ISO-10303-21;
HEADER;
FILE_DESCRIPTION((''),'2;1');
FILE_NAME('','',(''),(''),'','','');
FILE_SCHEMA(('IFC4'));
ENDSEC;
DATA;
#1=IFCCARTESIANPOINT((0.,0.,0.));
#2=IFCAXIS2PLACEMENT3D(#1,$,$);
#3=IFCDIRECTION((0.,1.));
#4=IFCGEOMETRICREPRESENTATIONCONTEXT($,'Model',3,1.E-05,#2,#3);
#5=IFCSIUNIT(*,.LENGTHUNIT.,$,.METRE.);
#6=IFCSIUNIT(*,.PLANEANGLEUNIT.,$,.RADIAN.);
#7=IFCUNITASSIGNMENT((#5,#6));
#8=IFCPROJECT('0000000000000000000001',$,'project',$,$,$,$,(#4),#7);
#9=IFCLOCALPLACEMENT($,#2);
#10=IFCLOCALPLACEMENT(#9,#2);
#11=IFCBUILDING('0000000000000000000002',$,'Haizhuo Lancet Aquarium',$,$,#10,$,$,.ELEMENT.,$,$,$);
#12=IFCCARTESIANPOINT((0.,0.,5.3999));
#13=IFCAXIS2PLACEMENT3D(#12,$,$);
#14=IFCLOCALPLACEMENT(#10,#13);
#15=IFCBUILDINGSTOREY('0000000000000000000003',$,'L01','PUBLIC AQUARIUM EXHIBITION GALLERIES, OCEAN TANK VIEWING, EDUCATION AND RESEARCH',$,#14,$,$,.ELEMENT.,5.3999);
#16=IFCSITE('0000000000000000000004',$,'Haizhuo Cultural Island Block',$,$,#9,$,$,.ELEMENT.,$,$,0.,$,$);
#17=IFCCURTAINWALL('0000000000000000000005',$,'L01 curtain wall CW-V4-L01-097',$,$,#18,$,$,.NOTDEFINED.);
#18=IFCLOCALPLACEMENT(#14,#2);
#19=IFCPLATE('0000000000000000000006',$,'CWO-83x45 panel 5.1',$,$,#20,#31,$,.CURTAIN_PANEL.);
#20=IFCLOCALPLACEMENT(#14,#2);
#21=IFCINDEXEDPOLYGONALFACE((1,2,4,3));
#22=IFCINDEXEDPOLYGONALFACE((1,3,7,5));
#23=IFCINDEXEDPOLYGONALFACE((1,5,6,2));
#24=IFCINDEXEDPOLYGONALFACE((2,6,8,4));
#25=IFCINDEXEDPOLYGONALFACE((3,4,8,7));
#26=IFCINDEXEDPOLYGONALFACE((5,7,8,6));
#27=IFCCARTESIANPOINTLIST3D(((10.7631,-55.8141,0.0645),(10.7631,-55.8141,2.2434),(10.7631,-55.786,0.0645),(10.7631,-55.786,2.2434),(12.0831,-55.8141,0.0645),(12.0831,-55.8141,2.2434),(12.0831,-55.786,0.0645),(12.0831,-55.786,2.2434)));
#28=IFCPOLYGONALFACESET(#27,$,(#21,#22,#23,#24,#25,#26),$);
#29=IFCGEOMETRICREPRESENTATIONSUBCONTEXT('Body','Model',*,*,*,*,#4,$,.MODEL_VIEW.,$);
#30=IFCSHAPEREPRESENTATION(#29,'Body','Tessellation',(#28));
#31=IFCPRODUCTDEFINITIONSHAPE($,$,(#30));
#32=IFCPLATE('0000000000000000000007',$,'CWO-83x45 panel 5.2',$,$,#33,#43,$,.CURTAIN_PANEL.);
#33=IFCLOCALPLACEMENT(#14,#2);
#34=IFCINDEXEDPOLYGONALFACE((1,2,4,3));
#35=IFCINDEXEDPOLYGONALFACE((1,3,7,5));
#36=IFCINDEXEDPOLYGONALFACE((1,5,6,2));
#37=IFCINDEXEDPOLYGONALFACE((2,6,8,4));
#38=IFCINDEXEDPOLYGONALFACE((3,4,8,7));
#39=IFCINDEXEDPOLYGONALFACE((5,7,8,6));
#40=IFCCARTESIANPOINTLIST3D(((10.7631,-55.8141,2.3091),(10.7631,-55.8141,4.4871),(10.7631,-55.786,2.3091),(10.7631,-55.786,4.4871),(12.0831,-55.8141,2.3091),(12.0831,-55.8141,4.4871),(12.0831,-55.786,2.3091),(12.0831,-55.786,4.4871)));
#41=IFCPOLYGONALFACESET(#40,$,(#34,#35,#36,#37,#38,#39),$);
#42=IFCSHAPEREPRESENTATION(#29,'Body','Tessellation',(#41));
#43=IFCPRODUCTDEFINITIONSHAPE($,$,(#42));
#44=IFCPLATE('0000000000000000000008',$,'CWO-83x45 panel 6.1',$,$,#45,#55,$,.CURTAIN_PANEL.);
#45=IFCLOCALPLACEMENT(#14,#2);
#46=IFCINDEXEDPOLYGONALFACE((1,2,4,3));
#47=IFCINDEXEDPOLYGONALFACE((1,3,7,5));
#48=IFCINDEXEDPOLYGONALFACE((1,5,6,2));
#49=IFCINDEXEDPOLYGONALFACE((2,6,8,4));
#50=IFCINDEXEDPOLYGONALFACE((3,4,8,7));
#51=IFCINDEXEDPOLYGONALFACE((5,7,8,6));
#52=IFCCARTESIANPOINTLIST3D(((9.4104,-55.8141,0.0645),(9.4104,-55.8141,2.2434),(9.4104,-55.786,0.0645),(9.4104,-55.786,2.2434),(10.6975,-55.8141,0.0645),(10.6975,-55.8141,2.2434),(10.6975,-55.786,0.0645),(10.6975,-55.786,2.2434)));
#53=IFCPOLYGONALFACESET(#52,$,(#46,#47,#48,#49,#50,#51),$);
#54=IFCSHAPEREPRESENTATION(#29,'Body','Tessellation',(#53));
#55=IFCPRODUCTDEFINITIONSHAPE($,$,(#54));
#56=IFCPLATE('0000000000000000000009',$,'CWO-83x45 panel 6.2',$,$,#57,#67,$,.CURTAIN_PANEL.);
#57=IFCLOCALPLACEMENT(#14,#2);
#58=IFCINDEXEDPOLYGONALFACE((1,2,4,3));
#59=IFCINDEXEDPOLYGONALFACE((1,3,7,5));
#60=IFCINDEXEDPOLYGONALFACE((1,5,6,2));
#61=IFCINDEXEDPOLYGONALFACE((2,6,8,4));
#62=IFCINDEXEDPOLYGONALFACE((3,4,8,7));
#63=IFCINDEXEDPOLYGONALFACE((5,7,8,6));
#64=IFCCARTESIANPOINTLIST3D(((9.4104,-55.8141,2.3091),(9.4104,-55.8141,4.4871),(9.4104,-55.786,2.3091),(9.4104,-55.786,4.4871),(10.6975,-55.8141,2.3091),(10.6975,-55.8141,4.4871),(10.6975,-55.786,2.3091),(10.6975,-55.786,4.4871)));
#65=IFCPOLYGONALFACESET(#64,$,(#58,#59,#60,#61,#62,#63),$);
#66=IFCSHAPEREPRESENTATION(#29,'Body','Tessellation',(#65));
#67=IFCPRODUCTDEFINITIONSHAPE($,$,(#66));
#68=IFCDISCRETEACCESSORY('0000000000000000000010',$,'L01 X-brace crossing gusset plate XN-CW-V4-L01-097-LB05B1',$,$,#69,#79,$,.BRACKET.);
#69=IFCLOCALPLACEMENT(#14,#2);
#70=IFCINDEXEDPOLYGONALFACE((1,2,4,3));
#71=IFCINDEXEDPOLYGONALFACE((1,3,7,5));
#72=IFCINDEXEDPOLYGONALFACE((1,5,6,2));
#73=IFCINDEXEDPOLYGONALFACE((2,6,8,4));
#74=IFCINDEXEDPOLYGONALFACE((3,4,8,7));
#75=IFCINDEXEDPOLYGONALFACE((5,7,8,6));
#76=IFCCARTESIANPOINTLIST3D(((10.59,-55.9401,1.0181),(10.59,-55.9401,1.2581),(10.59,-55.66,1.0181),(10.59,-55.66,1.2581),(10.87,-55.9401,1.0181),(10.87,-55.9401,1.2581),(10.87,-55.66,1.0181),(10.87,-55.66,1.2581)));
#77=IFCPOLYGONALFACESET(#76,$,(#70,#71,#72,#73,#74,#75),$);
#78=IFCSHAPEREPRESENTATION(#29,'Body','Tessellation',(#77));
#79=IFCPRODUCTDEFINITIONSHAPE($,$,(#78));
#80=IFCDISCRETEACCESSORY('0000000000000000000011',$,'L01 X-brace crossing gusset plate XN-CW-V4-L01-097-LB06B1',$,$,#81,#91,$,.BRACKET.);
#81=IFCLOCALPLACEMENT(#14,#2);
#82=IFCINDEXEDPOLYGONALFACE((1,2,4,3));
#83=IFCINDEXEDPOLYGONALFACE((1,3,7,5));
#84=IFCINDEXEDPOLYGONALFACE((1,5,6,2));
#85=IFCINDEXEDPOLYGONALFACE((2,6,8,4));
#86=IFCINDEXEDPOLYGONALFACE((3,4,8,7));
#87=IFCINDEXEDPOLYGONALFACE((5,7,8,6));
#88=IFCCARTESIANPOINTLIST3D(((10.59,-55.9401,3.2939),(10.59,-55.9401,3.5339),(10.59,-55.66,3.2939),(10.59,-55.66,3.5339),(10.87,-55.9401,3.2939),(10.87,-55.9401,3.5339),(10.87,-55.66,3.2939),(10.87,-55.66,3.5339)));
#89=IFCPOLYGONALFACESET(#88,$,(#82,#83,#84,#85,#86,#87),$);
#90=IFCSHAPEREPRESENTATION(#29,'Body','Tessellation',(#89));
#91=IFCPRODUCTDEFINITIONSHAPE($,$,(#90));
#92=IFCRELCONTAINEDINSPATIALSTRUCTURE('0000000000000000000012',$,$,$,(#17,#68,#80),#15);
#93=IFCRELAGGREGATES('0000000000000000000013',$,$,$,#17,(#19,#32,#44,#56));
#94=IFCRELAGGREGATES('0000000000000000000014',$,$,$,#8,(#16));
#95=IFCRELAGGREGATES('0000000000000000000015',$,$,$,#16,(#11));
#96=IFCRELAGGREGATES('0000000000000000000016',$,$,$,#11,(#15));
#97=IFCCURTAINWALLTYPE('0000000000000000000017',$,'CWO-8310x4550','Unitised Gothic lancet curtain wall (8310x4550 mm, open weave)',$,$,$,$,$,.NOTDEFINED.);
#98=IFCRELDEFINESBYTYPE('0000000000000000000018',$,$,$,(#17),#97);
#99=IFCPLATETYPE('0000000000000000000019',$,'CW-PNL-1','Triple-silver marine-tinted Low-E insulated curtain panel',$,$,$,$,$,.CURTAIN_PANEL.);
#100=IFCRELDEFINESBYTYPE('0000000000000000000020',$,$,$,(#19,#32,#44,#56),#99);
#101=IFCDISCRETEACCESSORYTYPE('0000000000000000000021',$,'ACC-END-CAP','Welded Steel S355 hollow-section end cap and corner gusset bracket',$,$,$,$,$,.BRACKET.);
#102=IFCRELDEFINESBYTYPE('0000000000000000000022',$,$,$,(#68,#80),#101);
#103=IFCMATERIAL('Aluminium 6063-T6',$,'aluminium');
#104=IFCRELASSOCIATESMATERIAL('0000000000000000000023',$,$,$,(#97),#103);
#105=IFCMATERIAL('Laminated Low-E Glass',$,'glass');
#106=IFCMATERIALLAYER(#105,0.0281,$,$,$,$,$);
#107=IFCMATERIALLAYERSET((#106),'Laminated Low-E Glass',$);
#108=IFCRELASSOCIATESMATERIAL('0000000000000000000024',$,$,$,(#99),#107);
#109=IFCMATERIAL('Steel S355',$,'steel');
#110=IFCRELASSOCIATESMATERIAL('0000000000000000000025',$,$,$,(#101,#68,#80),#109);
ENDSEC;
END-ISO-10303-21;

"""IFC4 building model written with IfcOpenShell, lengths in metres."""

from ifc_helpers import new_model, si_unit, direction, frame, origin, origin_2d, place, context, subcontext, project, spatial, rectangle, extrude, material, layer, layer_set, type_object, element, aggregate, save


model = new_model("IFC4")

# Units and contexts
model_context = context("Model", 3, precision=1e-05, world=origin(), true_north=direction((0.0, 1.0)))
body_context = subcontext(model_context, "Body", "Model", "MODEL_VIEW")
ifc_project = project(units=[si_unit("LENGTHUNIT", "METRE"), si_unit("PLANEANGLEUNIT", "RADIAN")], contexts=[model_context])

# Site, building, storey
site_placement = place(None, origin())
site = spatial("IfcSite", under=ifc_project, at=site_placement, Name="Haizhuo Cultural Island Block", CompositionType="ELEMENT", RefElevation=0.0)
building_placement = place(site_placement, origin())
building = spatial("IfcBuilding", under=site, at=building_placement, Name="Haizhuo Lancet Aquarium", CompositionType="ELEMENT")
storey_placement = place(building_placement, frame((0.0, 0.0, 5.3999)))
storey = spatial("IfcBuildingStorey", under=building, at=storey_placement, Name="L01", Description="PUBLIC AQUARIUM EXHIBITION GALLERIES, OCEAN TANK VIEWING, EDUCATION AND RESEARCH", CompositionType="ELEMENT", Elevation=5.3999)

# Curtain wall
ifc_material_1 = material(Name="Aluminium 6063-T6", Category="aluminium")
curtain_wall_type = type_object("IfcCurtainWallType", Name="CWO-8310x4550", Description="Unitised Gothic lancet curtain wall (8310x4550 mm, open weave)", PredefinedType="NOTDEFINED", material=ifc_material_1)
curtain_wall_placement = place(storey_placement, origin())
curtain_wall = element("IfcCurtainWall", 1, at=curtain_wall_placement, inside=storey, type_object=curtain_wall_type, Name="L01 curtain wall CW-V4-L01-097", PredefinedType="NOTDEFINED")

# Shared definitions
ifc_material_2 = material(Name="Steel S355", Category="steel")

# Plates
ifc_material_3 = material(Name="Laminated Low-E Glass", Category="glass")
ifc_layer = layer(ifc_material_3, 0.0281)
ifc_layer_set = layer_set([ifc_layer], Name="Laminated Low-E Glass")
plate_type = type_object("IfcPlateType", Name="CW-PNL-1", Description="Triple-silver marine-tinted Low-E insulated curtain panel", PredefinedType="CURTAIN_PANEL", material=ifc_layer_set)
plate_1_placement = place(storey_placement, frame((11.4231, -55.8, 0.0645), z_axis=(0.0, 0.0, 1.0), x_axis=(-1.0, 0.0, 0.0)))
plate_1 = element("IfcPlate", 2, at=plate_1_placement, type_object=plate_type, Name="CWO-83x45 panel 5.1", PredefinedType="CURTAIN_PANEL", context=body_context, shape_type="SweptSolid", body=[
    extrude(rectangle(XDim=1.3201, YDim=0.0281, at=origin_2d()), origin(), (0.0, 0.0, 1.0), 2.179),
])
plate_2_placement = place(storey_placement, frame((11.4231, -55.8, 2.3091), z_axis=(0.0, 0.0, 1.0), x_axis=(-1.0, 0.0, 0.0)))
plate_2 = element("IfcPlate", 3, at=plate_2_placement, type_object=plate_type, Name="CWO-83x45 panel 5.2", PredefinedType="CURTAIN_PANEL", context=body_context, shape_type="SweptSolid", body=[
    extrude(rectangle(XDim=1.3201, YDim=0.0281, at=origin_2d()), origin(), (0.0, 0.0, 1.0), 2.178),
])
plate_3_placement = place(storey_placement, frame((10.054, -55.8, 0.0645), z_axis=(0.0, 0.0, 1.0), x_axis=(-1.0, 0.0, 0.0)))
plate_3 = element("IfcPlate", 4, at=plate_3_placement, type_object=plate_type, Name="CWO-83x45 panel 6.1", PredefinedType="CURTAIN_PANEL", context=body_context, shape_type="SweptSolid", body=[
    extrude(rectangle(XDim=1.2871, YDim=0.0281, at=origin_2d()), origin(), (0.0, 0.0, 1.0), 2.179),
])
plate_4_placement = place(storey_placement, frame((10.054, -55.8, 2.3091), z_axis=(0.0, 0.0, 1.0), x_axis=(-1.0, 0.0, 0.0)))
plate_4 = element("IfcPlate", 5, at=plate_4_placement, type_object=plate_type, Name="CWO-83x45 panel 6.2", PredefinedType="CURTAIN_PANEL", context=body_context, shape_type="SweptSolid", body=[
    extrude(rectangle(XDim=1.2871, YDim=0.0281, at=origin_2d()), origin(), (0.0, 0.0, 1.0), 2.178),
])
aggregate(curtain_wall, [plate_1, plate_2, plate_3, plate_4])

# Discrete accessories
discrete_accessory_type = type_object("IfcDiscreteAccessoryType", Name="ACC-END-CAP", Description="Welded Steel S355 hollow-section end cap and corner gusset bracket", PredefinedType="BRACKET", material=ifc_material_2)
for number, where, z_axis, x_axis, name in (
    (6, (10.73, -55.8, 1.0181), (0.0, 0.0, 1.0), (1.0, 0.0, 0.0), "L01 X-brace crossing gusset plate XN-CW-V4-L01-097-LB05B1"),
    (7, (10.73, -55.8, 3.2939), (0.0, 0.0, 1.0), (1.0, 0.0, 0.0), "L01 X-brace crossing gusset plate XN-CW-V4-L01-097-LB06B1"),
):
    element("IfcDiscreteAccessory", number, at=place(storey_placement, frame(where, z_axis=z_axis, x_axis=x_axis)), inside=storey, type_object=discrete_accessory_type, material=ifc_material_2, Name=name, PredefinedType="BRACKET", context=body_context, shape_type="SweptSolid", body=[
        extrude(rectangle(XDim=0.28, YDim=0.28, at=origin_2d()), origin(), (0.0, 0.0, 1.0), 0.24),
    ])

save(model, "model.ifc")
